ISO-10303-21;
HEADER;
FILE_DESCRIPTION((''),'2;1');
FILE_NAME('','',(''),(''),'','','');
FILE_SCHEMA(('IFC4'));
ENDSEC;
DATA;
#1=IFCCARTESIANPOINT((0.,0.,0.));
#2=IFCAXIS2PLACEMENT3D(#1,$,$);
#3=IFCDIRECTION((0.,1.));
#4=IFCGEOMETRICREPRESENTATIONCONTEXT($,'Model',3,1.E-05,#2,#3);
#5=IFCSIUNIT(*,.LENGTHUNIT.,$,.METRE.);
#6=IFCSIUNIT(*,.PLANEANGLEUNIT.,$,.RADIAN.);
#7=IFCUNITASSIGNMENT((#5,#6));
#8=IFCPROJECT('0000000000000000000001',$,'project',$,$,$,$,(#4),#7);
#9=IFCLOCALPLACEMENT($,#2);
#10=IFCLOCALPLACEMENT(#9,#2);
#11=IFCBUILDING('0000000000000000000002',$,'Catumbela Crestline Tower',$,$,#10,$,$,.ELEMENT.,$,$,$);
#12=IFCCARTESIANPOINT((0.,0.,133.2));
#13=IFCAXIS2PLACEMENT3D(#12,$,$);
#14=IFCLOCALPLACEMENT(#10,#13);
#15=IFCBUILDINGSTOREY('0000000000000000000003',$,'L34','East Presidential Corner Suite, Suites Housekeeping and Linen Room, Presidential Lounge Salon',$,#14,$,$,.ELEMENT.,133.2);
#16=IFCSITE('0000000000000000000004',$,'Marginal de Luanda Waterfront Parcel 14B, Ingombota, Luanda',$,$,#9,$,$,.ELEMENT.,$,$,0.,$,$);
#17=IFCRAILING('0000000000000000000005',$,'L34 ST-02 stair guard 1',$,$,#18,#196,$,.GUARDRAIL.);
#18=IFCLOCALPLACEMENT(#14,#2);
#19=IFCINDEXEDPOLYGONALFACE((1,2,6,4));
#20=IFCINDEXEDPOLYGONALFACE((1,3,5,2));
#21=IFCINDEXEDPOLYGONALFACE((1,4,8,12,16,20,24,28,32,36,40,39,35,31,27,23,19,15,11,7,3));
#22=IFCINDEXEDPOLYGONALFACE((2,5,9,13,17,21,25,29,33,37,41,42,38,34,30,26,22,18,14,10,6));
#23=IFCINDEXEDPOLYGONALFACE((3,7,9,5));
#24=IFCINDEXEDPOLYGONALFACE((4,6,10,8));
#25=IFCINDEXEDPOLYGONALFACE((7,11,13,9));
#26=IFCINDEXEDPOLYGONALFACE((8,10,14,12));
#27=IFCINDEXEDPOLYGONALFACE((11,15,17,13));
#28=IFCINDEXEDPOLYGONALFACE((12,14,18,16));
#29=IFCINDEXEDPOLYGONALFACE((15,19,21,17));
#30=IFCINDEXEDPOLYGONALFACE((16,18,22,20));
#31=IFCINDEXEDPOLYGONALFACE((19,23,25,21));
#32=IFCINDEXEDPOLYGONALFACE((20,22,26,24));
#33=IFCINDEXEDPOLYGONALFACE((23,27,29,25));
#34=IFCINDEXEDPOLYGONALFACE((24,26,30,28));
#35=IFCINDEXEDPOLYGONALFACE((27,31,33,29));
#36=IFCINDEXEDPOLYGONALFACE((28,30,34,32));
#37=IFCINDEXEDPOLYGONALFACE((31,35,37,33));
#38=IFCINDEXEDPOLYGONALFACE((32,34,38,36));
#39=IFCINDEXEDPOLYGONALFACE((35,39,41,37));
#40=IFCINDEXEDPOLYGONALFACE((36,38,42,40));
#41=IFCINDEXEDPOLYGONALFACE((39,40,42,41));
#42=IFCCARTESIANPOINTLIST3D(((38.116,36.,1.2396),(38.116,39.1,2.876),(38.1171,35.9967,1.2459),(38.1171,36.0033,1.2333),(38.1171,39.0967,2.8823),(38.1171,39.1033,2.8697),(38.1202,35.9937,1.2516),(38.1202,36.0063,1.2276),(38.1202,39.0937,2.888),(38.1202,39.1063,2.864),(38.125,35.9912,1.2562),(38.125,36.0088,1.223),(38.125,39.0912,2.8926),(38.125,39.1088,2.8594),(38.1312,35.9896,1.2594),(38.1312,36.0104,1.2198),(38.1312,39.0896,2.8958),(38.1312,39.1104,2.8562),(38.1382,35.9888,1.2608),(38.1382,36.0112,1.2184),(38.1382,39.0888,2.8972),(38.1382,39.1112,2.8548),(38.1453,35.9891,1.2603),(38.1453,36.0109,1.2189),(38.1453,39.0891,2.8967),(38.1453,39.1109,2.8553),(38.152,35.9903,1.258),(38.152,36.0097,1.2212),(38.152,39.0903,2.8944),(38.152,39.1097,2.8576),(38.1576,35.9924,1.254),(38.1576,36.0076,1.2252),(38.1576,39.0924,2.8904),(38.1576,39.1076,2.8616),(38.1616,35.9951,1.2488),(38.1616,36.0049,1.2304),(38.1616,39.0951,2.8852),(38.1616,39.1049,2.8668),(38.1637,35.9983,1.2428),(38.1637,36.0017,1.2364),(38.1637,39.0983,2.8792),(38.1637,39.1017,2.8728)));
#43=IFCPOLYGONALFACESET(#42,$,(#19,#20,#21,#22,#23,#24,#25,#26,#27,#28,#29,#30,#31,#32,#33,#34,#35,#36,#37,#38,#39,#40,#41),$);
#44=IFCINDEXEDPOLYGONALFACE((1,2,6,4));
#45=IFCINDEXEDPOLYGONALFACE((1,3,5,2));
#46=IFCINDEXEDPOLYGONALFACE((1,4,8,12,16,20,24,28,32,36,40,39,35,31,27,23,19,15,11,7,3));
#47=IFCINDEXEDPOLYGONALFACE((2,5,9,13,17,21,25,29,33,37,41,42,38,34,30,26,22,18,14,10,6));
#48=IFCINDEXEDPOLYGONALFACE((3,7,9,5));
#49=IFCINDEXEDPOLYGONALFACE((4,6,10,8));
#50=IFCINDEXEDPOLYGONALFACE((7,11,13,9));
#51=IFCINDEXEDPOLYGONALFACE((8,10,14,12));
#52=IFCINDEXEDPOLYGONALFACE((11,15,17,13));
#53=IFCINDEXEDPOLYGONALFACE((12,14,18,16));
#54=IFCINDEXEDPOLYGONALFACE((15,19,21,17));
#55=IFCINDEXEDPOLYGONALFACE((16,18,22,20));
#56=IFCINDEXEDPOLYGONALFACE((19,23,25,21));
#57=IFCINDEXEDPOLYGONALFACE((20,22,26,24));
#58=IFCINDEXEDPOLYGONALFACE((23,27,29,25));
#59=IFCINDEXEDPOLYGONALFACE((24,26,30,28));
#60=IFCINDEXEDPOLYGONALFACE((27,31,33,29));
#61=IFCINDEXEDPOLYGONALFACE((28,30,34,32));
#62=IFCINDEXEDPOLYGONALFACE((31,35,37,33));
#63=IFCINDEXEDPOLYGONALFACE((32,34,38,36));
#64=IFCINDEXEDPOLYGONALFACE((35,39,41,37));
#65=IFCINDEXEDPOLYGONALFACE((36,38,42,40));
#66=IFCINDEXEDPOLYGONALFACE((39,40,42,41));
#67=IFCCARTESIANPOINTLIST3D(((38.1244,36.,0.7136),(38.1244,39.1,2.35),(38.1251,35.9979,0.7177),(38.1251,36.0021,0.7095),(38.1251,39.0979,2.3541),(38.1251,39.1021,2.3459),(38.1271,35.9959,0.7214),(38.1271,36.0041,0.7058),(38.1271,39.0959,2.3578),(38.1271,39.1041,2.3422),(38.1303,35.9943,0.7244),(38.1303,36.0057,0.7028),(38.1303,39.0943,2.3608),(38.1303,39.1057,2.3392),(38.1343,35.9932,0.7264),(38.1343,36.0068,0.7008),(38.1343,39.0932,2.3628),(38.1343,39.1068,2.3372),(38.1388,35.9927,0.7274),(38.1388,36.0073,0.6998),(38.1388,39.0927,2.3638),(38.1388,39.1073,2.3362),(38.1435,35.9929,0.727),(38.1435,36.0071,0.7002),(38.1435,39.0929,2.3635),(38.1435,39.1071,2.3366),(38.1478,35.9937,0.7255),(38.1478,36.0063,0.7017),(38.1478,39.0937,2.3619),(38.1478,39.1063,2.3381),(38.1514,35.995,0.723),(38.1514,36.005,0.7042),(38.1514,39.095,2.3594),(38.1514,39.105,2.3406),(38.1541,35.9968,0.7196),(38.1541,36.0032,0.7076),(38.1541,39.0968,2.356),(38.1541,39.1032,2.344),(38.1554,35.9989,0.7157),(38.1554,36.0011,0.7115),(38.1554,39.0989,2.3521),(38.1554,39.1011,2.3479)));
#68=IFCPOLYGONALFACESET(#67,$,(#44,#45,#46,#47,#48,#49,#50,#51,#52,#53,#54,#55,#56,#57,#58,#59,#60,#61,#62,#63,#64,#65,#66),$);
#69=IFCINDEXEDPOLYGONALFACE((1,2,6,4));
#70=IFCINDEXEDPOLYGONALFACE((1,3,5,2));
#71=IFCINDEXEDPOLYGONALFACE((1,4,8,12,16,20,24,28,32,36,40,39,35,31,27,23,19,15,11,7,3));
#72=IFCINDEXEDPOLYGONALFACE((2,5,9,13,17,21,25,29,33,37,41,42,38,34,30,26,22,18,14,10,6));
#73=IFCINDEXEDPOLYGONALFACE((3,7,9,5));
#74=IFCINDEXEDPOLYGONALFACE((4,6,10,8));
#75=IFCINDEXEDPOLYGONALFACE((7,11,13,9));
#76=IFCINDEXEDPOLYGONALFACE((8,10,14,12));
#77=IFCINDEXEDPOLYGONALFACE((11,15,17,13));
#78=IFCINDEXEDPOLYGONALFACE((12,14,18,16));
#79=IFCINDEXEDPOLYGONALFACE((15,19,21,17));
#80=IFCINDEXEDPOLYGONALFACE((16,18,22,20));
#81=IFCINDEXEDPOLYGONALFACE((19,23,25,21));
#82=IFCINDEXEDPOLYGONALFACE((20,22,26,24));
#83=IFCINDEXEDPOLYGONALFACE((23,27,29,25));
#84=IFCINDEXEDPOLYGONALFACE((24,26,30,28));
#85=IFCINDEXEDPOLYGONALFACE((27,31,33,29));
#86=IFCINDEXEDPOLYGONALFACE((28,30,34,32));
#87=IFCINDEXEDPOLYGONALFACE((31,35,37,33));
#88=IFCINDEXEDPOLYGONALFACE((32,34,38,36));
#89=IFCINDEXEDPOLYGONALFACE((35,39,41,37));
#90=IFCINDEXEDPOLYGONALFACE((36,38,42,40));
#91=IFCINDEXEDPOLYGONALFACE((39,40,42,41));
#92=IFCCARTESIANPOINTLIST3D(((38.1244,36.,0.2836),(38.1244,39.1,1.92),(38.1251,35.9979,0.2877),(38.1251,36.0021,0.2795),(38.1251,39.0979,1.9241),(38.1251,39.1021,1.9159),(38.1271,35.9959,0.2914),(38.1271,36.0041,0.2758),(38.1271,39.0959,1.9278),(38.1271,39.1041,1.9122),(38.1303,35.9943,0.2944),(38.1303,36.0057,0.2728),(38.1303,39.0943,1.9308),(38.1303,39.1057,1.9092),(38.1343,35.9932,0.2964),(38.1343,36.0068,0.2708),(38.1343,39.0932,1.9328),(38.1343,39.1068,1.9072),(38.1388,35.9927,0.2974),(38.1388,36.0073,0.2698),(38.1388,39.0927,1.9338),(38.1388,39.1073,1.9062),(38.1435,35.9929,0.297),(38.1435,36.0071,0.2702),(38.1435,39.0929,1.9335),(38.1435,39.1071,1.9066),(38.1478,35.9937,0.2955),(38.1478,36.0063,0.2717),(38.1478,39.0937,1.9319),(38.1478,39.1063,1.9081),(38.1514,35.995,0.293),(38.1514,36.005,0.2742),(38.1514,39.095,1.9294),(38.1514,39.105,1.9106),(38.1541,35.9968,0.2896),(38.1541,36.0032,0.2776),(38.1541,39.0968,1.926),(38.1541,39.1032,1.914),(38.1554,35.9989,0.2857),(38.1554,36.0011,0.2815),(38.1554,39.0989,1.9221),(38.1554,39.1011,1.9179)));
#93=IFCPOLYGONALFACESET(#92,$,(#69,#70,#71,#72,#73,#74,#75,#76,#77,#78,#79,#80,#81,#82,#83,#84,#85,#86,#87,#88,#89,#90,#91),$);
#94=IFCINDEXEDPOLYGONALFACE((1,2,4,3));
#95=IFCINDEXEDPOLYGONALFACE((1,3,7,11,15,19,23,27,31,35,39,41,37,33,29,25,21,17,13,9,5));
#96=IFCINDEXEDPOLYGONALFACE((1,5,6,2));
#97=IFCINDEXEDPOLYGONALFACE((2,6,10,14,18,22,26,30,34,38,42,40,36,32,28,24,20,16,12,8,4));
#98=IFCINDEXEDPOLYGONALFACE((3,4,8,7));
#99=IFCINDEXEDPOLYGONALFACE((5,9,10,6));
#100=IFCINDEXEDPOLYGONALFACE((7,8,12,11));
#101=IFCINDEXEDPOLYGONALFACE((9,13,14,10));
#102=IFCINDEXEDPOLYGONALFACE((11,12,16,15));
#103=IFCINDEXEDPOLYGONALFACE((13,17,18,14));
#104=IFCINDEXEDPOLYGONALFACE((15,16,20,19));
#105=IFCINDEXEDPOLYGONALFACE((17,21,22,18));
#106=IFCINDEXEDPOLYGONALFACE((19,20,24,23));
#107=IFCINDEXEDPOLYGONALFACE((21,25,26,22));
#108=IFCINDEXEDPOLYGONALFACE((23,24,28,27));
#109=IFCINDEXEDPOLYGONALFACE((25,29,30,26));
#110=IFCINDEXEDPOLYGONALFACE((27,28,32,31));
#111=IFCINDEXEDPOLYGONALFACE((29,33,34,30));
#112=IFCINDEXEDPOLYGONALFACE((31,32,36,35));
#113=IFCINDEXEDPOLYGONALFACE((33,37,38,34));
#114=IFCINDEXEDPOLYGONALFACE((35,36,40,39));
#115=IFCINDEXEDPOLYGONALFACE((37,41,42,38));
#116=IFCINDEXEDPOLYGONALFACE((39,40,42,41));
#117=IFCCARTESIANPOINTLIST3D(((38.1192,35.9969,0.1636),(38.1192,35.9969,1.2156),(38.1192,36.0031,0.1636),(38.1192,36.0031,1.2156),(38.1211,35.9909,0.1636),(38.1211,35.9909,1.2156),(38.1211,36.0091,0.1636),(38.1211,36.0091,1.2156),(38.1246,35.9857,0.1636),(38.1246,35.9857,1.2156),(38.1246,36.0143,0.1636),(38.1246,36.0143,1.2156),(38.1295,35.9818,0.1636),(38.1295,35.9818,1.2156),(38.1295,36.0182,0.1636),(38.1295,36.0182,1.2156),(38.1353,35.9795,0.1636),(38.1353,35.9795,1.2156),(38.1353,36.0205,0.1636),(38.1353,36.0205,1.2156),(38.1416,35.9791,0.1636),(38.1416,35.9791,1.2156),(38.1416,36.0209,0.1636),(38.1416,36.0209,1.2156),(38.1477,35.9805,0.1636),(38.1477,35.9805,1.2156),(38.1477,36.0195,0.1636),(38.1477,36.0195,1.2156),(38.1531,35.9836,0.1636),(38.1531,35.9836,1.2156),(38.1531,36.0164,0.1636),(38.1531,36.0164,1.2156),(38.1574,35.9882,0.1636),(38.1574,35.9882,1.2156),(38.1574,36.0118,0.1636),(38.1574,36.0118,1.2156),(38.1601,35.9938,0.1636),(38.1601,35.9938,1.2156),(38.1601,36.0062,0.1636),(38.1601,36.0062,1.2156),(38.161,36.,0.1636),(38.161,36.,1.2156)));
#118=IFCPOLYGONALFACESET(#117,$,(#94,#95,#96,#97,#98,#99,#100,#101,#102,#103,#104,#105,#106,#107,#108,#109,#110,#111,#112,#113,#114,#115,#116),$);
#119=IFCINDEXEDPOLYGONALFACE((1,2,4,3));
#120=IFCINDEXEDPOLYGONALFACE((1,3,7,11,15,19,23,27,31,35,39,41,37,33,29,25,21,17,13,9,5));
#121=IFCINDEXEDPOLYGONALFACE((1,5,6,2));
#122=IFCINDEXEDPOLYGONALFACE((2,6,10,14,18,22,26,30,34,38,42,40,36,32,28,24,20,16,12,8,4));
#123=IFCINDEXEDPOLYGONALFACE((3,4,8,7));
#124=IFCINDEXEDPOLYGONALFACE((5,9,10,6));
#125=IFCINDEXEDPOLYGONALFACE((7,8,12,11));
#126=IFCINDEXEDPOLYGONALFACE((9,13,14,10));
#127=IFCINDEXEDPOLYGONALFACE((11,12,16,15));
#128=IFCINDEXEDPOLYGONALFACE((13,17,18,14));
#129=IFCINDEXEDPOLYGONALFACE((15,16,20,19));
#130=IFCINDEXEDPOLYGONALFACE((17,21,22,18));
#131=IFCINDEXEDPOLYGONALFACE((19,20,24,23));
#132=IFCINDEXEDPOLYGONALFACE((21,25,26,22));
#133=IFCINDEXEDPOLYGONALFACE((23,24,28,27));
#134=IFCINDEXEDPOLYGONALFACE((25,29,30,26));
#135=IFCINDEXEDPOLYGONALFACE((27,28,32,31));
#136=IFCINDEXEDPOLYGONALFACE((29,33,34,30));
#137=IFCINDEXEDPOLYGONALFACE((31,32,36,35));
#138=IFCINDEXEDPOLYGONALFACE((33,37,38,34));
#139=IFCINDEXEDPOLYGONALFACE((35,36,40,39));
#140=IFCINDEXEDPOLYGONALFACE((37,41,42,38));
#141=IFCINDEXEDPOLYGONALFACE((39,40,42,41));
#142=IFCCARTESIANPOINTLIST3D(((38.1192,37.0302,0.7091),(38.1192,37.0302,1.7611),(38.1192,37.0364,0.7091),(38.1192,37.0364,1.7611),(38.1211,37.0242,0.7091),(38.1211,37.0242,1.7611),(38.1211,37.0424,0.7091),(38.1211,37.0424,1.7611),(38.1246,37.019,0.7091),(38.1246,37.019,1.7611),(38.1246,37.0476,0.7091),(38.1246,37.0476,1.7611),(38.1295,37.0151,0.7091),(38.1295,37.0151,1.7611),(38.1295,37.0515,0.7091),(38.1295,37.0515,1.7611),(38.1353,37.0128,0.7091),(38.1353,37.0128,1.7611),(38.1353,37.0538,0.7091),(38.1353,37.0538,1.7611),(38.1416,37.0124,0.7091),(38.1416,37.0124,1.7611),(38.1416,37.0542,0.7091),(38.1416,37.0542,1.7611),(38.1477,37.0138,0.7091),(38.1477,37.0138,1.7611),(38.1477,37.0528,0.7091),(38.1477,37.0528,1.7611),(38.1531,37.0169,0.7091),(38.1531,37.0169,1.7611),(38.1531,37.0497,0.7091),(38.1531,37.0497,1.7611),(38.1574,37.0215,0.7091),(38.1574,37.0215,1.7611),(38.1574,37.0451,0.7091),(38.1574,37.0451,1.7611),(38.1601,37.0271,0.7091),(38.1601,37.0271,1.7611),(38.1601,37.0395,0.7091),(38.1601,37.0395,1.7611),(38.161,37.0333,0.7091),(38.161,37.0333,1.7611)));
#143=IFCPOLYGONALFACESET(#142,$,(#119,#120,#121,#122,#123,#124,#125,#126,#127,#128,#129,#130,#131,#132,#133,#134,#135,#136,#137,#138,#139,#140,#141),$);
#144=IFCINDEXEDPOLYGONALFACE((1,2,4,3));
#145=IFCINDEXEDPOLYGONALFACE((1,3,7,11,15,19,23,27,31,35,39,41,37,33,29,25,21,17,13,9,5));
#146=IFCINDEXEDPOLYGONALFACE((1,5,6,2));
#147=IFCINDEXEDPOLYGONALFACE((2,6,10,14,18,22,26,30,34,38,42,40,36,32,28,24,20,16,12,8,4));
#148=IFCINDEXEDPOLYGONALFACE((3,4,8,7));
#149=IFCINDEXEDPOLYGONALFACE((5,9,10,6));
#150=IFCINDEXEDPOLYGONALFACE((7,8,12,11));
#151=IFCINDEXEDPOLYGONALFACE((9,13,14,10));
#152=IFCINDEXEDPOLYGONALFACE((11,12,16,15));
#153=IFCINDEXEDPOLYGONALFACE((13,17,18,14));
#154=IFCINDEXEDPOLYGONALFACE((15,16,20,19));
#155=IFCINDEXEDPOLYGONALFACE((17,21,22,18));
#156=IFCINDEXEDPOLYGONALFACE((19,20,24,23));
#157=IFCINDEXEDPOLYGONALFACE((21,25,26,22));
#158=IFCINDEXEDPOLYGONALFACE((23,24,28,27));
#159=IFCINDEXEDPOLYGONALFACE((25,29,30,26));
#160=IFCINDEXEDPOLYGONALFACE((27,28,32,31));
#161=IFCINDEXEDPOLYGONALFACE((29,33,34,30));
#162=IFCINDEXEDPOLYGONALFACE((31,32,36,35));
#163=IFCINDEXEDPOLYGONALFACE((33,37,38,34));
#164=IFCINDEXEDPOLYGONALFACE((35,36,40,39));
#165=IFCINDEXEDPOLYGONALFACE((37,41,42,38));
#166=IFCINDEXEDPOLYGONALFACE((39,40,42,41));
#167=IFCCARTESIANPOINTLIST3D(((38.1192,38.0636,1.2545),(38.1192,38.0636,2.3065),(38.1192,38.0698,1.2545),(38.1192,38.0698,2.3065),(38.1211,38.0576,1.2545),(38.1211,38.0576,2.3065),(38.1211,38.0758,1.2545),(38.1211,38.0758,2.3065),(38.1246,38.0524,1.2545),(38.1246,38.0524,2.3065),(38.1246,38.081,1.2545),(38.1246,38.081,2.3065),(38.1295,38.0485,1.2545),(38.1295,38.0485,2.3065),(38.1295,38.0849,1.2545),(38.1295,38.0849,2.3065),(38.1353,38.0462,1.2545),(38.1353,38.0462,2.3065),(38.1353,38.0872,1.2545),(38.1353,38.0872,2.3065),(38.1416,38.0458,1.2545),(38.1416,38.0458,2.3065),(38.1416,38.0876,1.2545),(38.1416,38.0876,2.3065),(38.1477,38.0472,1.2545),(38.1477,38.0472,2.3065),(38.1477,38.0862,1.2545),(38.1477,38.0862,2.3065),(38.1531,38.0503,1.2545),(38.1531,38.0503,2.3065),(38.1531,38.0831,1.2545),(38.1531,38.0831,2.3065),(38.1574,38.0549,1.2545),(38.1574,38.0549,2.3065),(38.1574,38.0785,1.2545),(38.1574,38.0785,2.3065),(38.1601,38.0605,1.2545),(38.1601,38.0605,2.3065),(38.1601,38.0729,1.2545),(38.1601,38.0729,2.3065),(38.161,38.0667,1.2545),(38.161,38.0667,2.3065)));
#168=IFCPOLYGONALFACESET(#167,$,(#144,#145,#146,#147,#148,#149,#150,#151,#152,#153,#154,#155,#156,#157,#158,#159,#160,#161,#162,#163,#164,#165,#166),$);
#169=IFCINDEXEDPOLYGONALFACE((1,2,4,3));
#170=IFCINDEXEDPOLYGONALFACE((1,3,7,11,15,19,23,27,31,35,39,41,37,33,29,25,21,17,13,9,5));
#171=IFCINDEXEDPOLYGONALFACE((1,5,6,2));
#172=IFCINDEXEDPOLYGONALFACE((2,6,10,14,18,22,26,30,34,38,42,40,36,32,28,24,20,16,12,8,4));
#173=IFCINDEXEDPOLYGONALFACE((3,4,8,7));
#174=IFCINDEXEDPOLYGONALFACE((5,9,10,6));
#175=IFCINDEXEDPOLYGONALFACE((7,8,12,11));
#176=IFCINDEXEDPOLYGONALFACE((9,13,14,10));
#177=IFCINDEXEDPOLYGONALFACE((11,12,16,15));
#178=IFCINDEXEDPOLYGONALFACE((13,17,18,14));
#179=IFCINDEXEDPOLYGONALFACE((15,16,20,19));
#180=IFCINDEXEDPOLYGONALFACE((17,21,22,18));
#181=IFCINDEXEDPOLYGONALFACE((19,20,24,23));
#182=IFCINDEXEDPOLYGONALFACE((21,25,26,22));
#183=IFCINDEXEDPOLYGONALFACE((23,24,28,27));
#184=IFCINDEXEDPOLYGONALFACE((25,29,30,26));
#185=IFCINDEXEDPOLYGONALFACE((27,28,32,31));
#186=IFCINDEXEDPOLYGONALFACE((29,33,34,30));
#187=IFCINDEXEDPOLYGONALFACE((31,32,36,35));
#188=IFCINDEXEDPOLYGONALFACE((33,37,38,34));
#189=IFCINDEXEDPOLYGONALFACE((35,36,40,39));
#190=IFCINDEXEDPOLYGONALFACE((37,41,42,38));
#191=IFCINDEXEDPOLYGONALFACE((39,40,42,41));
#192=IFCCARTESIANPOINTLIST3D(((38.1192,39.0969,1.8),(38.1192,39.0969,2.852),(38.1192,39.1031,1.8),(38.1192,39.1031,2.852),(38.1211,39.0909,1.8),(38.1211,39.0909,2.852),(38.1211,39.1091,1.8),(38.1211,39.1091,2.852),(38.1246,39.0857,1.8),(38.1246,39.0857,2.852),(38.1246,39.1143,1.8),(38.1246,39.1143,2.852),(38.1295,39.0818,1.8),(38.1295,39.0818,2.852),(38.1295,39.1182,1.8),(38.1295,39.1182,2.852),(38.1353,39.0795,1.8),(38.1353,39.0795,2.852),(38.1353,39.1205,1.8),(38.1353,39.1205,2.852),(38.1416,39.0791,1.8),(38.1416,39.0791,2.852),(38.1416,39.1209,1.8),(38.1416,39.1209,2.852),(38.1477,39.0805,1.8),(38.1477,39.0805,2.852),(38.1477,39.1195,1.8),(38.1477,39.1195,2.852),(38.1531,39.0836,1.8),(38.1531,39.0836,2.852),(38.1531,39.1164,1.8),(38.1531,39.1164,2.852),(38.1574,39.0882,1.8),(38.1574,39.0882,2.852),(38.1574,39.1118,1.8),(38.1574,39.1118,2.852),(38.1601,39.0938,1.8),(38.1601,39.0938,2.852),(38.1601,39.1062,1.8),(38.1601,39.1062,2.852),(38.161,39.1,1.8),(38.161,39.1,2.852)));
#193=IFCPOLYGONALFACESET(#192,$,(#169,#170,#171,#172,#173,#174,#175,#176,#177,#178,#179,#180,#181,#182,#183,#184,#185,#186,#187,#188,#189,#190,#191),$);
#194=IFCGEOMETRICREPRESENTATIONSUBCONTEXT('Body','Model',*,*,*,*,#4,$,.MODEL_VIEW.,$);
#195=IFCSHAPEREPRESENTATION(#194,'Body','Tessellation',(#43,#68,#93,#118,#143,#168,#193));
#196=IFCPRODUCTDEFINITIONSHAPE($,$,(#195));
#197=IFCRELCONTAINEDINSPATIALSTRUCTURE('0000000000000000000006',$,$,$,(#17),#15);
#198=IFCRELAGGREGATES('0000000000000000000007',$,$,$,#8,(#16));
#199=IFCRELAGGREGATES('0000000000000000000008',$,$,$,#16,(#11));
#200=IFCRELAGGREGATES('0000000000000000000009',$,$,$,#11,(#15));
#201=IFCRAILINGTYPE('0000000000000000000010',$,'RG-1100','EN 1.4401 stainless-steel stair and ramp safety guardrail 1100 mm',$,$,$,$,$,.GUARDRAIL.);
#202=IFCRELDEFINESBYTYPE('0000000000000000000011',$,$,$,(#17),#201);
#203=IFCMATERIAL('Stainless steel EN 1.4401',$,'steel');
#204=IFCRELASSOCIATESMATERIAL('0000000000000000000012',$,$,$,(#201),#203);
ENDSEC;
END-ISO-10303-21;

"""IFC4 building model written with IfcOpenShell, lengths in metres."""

from ifc_helpers import new_model, si_unit, direction, frame, origin, origin_2d, place, context, subcontext, project, spatial, circle, extrude, material, type_object, element, save


model = new_model("IFC4")

# Units and contexts
model_context = context("Model", 3, precision=1e-05, world=origin(), true_north=direction((0.0, 1.0)))
body_context = subcontext(model_context, "Body", "Model", "MODEL_VIEW")
ifc_project = project(units=[si_unit("LENGTHUNIT", "METRE"), si_unit("PLANEANGLEUNIT", "RADIAN")], contexts=[model_context])

# Site, building, storey
site_placement = place(None, origin())
site = spatial("IfcSite", under=ifc_project, at=site_placement, Name="Marginal de Luanda Waterfront Parcel 14B, Ingombota, Luanda", CompositionType="ELEMENT", RefElevation=0.0)
building_placement = place(site_placement, origin())
building = spatial("IfcBuilding", under=site, at=building_placement, Name="Catumbela Crestline Tower", CompositionType="ELEMENT")
storey_placement = place(building_placement, frame((0.0, 0.0, 133.2)))
storey = spatial("IfcBuildingStorey", under=building, at=storey_placement, Name="L34", Description="East Presidential Corner Suite, Suites Housekeeping and Linen Room, Presidential Lounge Salon", CompositionType="ELEMENT", Elevation=133.2)

# Shared definitions
ifc_material_1 = material(Name="Stainless steel EN 1.4401", Category="steel")

# Railing
railing_type_1 = type_object("IfcRailingType", Name="RG-1100", Description="EN 1.4401 stainless-steel stair and ramp safety guardrail 1100 mm", PredefinedType="GUARDRAIL", material=ifc_material_1)
railing_1_placement = place(storey_placement, frame((38.14, 36.0, 0.1636)))
element("IfcRailing", 1, at=railing_1_placement, inside=storey, type_object=railing_type_1, Name="L34 ST-02 stair guard 1", PredefinedType="GUARDRAIL", context=body_context, shape_type="SweptSolid", body=[
    extrude(circle(Radius=0.024, at=origin_2d()), frame((0.0, 0.0, 1.076), z_axis=(0.0, 0.884351, 0.466823), x_axis=(-1.0, 0.0, 0.0)), (0.0, 0.0, 1.0), 3.5054),
    extrude(circle(Radius=0.0156, at=origin_2d()), frame((0.0, 0.0, 0.55), z_axis=(0.0, 0.884351, 0.466823), x_axis=(-1.0, 0.0, 0.0)), (0.0, 0.0, 1.0), 3.5054),
    extrude(circle(Radius=0.0156, at=origin_2d()), frame((0.0, 0.0, 0.12), z_axis=(0.0, 0.884351, 0.466823), x_axis=(-1.0, 0.0, 0.0)), (0.0, 0.0, 1.0), 3.5054),
    extrude(circle(Radius=0.021, at=origin_2d()), origin(), (0.0, 0.0, 1.0), 1.052),
    extrude(circle(Radius=0.021, at=origin_2d()), frame((0.0, 1.0333, 0.5455)), (0.0, 0.0, 1.0), 1.052),
    extrude(circle(Radius=0.021, at=origin_2d()), frame((0.0, 2.0667, 1.0909)), (0.0, 0.0, 1.0), 1.052),
    extrude(circle(Radius=0.021, at=origin_2d()), frame((0.0, 3.1, 1.6364)), (0.0, 0.0, 1.0), 1.052),
])

save(model, "model.ifc")
